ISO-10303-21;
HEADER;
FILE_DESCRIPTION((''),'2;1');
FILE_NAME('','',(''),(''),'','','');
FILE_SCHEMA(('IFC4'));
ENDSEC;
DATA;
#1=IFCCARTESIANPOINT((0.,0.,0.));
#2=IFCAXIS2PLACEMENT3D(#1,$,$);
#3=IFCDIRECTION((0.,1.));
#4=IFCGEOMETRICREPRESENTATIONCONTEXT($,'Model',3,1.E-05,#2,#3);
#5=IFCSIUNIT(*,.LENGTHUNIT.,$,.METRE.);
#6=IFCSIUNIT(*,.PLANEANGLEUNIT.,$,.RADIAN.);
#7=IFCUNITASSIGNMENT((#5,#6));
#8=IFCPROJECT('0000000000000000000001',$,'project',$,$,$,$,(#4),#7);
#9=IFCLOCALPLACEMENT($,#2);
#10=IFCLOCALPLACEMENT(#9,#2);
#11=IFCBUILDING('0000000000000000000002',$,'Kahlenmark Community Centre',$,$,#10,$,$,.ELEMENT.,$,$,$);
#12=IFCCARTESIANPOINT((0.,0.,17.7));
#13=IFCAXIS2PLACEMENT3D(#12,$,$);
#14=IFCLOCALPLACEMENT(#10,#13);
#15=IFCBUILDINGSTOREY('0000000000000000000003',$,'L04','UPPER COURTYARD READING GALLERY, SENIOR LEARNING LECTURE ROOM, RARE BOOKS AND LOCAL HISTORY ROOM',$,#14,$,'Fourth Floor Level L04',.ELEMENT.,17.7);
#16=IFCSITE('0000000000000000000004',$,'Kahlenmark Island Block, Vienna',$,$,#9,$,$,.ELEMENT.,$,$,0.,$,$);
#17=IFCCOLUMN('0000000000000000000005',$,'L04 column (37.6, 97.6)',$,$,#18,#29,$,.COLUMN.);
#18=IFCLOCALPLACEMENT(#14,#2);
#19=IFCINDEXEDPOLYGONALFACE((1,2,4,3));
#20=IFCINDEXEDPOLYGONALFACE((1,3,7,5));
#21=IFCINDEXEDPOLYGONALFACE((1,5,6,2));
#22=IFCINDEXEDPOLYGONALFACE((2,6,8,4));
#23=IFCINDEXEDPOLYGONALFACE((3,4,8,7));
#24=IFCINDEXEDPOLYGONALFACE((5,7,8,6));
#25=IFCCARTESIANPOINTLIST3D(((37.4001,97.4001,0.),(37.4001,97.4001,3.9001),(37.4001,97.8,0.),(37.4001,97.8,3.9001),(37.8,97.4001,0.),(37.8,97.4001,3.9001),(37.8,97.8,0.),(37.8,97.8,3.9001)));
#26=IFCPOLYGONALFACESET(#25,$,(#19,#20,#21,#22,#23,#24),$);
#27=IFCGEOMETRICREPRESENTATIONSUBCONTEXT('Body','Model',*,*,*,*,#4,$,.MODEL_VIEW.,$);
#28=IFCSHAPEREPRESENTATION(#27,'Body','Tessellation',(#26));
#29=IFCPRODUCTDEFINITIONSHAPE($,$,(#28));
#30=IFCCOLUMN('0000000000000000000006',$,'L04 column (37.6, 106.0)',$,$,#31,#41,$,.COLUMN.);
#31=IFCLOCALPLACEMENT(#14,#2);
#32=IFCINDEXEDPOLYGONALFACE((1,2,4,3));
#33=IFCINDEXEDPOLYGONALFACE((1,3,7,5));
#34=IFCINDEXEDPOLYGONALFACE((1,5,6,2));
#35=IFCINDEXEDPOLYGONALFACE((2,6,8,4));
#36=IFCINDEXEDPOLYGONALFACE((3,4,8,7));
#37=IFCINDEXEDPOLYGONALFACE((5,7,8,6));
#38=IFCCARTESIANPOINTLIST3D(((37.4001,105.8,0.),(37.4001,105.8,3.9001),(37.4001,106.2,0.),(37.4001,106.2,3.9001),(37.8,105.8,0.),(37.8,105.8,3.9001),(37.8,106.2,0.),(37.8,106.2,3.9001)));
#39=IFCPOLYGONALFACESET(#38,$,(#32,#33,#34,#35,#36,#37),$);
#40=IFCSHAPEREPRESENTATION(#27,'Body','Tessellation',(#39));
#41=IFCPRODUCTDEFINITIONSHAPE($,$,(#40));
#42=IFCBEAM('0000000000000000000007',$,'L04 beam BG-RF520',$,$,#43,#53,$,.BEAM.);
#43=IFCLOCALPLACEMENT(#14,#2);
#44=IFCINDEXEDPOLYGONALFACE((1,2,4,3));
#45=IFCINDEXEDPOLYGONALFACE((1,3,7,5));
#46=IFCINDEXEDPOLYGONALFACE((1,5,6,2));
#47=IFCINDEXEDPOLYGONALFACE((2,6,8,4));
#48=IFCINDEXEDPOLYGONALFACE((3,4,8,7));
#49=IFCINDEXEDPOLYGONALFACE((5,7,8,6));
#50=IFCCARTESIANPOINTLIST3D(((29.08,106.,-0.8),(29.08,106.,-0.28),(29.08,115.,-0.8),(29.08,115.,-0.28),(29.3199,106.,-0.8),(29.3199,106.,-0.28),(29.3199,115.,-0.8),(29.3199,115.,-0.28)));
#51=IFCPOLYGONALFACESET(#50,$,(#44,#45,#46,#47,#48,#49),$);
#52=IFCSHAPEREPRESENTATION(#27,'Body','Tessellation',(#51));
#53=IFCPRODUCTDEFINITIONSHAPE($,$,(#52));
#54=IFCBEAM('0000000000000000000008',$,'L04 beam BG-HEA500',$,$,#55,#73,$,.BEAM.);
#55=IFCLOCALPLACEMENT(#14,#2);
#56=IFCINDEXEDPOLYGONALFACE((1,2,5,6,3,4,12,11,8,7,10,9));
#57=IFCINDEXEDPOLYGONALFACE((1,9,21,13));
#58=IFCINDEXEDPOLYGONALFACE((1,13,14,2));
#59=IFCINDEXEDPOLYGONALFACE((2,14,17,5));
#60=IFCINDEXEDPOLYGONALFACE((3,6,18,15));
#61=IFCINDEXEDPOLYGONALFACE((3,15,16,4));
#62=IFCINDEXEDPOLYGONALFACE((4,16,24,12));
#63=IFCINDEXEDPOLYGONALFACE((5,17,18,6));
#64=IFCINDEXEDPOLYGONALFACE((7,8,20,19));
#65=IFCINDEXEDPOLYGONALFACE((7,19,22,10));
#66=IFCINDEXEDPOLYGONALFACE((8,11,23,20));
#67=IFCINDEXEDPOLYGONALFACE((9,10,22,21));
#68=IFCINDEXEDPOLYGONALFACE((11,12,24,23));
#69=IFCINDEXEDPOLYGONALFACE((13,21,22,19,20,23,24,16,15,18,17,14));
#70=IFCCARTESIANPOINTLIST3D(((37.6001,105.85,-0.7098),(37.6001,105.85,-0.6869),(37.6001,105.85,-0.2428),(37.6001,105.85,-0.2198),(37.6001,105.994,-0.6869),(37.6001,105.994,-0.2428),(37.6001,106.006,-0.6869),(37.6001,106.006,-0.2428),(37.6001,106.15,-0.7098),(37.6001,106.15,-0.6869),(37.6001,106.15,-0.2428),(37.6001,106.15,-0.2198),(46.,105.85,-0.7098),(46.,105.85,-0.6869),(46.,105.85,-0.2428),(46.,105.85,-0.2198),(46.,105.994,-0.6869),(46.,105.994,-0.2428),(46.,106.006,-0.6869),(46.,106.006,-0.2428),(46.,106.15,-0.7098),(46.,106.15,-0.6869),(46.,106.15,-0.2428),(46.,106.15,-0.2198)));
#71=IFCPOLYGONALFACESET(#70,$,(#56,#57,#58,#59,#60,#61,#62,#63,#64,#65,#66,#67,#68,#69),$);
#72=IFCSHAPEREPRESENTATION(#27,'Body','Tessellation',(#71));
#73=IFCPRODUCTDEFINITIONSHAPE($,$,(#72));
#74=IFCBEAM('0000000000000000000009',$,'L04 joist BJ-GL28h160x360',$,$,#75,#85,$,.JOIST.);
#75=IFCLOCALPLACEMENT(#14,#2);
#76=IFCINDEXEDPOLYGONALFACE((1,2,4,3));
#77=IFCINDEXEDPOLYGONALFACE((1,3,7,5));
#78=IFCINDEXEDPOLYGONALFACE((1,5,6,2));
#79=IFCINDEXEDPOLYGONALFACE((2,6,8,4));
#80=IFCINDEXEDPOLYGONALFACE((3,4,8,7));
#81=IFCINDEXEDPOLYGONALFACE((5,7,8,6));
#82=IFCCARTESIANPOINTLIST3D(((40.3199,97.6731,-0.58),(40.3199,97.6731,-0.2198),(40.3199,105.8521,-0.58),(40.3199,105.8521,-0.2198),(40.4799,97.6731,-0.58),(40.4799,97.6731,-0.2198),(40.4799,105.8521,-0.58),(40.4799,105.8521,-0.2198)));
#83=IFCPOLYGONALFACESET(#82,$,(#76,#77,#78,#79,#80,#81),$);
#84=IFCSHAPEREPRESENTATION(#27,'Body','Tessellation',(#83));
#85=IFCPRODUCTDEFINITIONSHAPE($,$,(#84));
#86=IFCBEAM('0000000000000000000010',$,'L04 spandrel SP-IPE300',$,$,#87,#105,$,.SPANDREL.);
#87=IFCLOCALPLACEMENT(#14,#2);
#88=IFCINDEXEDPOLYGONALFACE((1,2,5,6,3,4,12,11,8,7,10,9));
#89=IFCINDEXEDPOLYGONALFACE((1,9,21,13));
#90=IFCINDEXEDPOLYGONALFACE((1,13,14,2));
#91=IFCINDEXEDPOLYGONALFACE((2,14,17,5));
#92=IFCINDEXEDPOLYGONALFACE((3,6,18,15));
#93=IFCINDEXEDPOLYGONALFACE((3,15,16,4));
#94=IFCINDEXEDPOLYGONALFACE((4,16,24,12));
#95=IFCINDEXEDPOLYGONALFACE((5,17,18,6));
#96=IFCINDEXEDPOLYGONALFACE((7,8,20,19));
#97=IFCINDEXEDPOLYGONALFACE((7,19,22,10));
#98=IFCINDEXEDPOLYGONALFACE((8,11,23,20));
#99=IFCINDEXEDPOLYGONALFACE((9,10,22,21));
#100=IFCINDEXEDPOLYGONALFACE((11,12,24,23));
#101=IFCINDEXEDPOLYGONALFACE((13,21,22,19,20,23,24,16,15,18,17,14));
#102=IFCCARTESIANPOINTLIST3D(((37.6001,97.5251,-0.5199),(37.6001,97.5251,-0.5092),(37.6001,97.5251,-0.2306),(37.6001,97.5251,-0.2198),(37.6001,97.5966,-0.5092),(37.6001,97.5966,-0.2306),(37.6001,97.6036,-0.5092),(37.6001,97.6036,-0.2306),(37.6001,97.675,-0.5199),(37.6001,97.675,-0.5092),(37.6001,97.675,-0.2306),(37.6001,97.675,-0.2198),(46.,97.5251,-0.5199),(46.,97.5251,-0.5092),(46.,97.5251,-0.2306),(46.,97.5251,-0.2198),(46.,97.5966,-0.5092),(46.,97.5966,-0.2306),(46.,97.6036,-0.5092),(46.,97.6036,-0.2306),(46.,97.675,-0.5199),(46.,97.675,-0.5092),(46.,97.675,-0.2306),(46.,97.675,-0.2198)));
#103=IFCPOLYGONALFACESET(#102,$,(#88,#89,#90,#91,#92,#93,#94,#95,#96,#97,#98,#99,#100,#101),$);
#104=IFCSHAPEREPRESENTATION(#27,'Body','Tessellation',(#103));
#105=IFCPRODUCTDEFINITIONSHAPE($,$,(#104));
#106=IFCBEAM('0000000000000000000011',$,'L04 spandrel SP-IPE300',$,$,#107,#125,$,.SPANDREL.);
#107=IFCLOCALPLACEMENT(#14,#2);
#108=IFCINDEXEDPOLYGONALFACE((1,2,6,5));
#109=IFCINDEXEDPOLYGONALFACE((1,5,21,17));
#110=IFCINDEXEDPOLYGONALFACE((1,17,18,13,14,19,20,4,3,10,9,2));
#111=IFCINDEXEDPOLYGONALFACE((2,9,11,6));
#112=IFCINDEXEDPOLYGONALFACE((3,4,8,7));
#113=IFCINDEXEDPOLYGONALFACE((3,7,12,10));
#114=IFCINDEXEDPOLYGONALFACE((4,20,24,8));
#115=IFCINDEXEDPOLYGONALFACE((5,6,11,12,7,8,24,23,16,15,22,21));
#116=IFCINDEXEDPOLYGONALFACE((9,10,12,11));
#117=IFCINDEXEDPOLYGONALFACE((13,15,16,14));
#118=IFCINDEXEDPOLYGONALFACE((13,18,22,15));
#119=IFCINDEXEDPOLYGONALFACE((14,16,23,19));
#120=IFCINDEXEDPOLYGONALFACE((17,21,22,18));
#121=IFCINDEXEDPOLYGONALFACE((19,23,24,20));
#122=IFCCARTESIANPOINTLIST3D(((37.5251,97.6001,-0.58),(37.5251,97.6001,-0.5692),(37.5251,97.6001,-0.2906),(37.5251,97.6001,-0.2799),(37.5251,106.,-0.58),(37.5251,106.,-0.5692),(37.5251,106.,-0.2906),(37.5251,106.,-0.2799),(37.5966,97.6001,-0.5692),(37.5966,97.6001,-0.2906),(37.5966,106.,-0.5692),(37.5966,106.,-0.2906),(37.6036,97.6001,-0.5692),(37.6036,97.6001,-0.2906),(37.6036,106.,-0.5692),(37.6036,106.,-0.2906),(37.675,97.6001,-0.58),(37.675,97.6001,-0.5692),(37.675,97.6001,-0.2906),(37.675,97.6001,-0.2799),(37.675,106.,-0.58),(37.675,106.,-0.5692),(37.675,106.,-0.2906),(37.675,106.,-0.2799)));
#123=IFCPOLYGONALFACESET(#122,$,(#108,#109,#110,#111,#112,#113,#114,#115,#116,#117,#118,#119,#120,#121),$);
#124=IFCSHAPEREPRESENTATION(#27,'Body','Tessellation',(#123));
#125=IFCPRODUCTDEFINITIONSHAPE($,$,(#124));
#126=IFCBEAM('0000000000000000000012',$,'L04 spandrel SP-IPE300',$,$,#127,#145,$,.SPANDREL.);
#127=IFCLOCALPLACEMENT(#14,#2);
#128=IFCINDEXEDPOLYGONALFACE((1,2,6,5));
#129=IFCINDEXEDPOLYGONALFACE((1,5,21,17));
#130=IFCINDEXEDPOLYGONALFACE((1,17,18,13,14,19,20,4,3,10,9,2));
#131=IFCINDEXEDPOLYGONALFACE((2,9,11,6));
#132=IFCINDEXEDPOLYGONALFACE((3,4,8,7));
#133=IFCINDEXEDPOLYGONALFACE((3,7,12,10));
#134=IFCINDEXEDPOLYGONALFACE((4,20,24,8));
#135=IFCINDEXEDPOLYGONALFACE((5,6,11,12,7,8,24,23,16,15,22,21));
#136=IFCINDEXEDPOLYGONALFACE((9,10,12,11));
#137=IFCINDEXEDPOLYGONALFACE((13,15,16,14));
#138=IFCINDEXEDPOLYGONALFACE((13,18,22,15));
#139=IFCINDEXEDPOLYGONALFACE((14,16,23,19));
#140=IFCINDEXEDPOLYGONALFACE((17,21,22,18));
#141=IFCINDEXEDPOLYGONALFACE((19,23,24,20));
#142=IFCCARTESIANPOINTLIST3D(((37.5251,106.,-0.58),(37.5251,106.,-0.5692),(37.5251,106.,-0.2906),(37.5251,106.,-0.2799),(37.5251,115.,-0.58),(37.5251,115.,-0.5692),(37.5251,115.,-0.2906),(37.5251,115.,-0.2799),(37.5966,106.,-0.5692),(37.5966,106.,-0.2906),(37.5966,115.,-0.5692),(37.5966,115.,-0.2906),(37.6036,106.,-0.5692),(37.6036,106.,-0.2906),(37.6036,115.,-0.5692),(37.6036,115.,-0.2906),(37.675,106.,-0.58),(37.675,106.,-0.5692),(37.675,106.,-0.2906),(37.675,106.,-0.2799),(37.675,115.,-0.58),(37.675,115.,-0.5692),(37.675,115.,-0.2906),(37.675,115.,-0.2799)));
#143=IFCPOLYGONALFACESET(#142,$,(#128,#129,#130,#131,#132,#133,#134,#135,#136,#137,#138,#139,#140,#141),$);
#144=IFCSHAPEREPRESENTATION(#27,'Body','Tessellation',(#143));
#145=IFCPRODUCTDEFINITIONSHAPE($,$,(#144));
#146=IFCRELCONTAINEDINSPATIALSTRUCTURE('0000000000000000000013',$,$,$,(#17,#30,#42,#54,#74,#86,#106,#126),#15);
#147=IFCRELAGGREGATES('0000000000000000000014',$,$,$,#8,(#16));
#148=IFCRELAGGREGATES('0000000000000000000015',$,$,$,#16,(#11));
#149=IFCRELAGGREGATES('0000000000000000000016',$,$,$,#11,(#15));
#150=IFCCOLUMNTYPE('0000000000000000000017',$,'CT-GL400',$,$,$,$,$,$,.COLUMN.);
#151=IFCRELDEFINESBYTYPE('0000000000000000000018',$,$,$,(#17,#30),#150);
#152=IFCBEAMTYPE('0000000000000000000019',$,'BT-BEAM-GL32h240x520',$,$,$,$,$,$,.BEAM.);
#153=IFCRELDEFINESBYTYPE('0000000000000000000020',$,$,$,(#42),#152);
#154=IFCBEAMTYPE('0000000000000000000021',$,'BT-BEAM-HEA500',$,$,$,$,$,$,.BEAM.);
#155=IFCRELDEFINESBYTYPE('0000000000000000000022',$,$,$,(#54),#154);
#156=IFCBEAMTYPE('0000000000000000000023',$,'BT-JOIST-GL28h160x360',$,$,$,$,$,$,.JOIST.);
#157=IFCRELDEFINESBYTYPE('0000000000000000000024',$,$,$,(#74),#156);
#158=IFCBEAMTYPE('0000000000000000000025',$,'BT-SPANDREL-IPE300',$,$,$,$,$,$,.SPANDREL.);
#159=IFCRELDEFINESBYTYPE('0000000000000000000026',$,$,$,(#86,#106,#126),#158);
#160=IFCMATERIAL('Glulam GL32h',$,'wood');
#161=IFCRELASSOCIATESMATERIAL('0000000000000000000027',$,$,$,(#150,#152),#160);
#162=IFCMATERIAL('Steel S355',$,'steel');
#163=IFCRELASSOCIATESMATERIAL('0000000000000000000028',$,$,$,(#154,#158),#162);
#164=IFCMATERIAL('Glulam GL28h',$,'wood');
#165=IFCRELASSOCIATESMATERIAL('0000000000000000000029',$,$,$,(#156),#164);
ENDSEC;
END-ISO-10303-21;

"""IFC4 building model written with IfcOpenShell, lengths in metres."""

from ifc_helpers import new_model, si_unit, direction, frame, origin, origin_2d, place, context, subcontext, project, spatial, rectangle, i_section, extrude, material, material_profile, profile_set, type_object, element, save


model = new_model("IFC4")

# Units and contexts
model_context = context("Model", 3, precision=1e-05, world=origin(), true_north=direction((0.0, 1.0)))
body_context = subcontext(model_context, "Body", "Model", "MODEL_VIEW")
ifc_project = project(units=[si_unit("LENGTHUNIT", "METRE"), si_unit("PLANEANGLEUNIT", "RADIAN")], contexts=[model_context])

# Site, building, storey
site_placement = place(None, origin())
site = spatial("IfcSite", under=ifc_project, at=site_placement, Name="Kahlenmark Island Block, Vienna", CompositionType="ELEMENT", RefElevation=0.0)
building_placement = place(site_placement, origin())
building = spatial("IfcBuilding", under=site, at=building_placement, Name="Kahlenmark Community Centre", CompositionType="ELEMENT")
storey_placement = place(building_placement, frame((0.0, 0.0, 17.7)))
storey = spatial("IfcBuildingStorey", under=building, at=storey_placement, Name="L04", Description="UPPER COURTYARD READING GALLERY, SENIOR LEARNING LECTURE ROOM, RARE BOOKS AND LOCAL HISTORY ROOM", LongName="Fourth Floor Level L04", CompositionType="ELEMENT", Elevation=17.7)

# Columns
ifc_material_1 = material(Name="Glulam GL32h", Category="wood")
ifc_material_profile_1 = material_profile(ifc_material_1, rectangle(XDim=0.3999, YDim=0.3999, at=origin_2d()), Name="GL32h 400x400")
ifc_profile_set_1 = profile_set([ifc_material_profile_1], Name="Glulam GL32h")
column_type = type_object("IfcColumnType", Name="CT-GL400", PredefinedType="COLUMN", material=ifc_profile_set_1)
for number, where, z_axis, x_axis, name in (
    (1, (37.6001, 97.6001, 0.0), (0.0, 0.0, 1.0), (1.0, 0.0, 0.0), "L04 column (37.6, 97.6)"),
    (2, (37.6001, 106.0, 0.0), (0.0, 0.0, 1.0), (1.0, 0.0, 0.0), "L04 column (37.6, 106.0)"),
):
    element("IfcColumn", number, at=place(storey_placement, frame(where, z_axis=z_axis, x_axis=x_axis)), inside=storey, type_object=column_type, Name=name, PredefinedType="COLUMN", context=body_context, shape_type="SweptSolid", body=[
        extrude(rectangle(XDim=0.3999, YDim=0.3999, at=origin_2d()), origin(), (0.0, 0.0, 1.0), 3.9001),
    ])

# Beams
ifc_material_profile_2 = material_profile(ifc_material_1, rectangle(XDim=0.24, YDim=0.52, at=origin_2d()), Name="GL32h 240x520")
ifc_profile_set_2 = profile_set([ifc_material_profile_2], Name="Glulam GL32h")
beam_type_1 = type_object("IfcBeamType", Name="BT-BEAM-GL32h240x520", PredefinedType="BEAM", material=ifc_profile_set_2)
beam_1_placement = place(storey_placement, frame((29.2, 106.0, -0.54), z_axis=(0.0, 1.0, 0.0), x_axis=(-1.0, 0.0, 0.0)))
element("IfcBeam", 3, at=beam_1_placement, inside=storey, type_object=beam_type_1, Name="L04 beam BG-RF520", PredefinedType="BEAM", context=body_context, shape_type="SweptSolid", body=[
    extrude(rectangle(XDim=0.24, YDim=0.52, at=origin_2d()), origin(), (0.0, 0.0, 1.0), 9.0),
])
ifc_material_2 = material(Name="Steel S355", Category="steel")
ifc_material_profile_3 = material_profile(ifc_material_2, i_section(OverallWidth=0.3, OverallDepth=0.49, WebThickness=0.012, FlangeThickness=0.0229, at=origin_2d()), Name="HEA 500")
ifc_profile_set_3 = profile_set([ifc_material_profile_3], Name="Steel S355")
beam_type_2 = type_object("IfcBeamType", Name="BT-BEAM-HEA500", PredefinedType="BEAM", material=ifc_profile_set_3)
beam_2_placement = place(storey_placement, frame((37.6001, 106.0, -0.4648), z_axis=(1.0, 0.0, 0.0), x_axis=(0.0, 1.0, 0.0)))
element("IfcBeam", 4, at=beam_2_placement, inside=storey, type_object=beam_type_2, Name="L04 beam BG-HEA500", PredefinedType="BEAM", context=body_context, shape_type="SweptSolid", body=[
    extrude(i_section(OverallWidth=0.3, OverallDepth=0.49, WebThickness=0.012, FlangeThickness=0.0229, at=origin_2d()), origin(), (0.0, 0.0, 1.0), 8.3999),
])
ifc_material_3 = material(Name="Glulam GL28h", Category="wood")
ifc_material_profile_4 = material_profile(ifc_material_3, rectangle(XDim=0.1599, YDim=0.3601, at=origin_2d()), Name="GL28h 160x360")
ifc_profile_set_4 = profile_set([ifc_material_profile_4], Name="Glulam GL28h")
beam_type_3 = type_object("IfcBeamType", Name="BT-JOIST-GL28h160x360", PredefinedType="JOIST", material=ifc_profile_set_4)
beam_3_placement = place(storey_placement, frame((40.3999, 97.6731, -0.3999), z_axis=(0.0, 1.0, 0.0), x_axis=(-1.0, 0.0, 0.0)))
element("IfcBeam", 5, at=beam_3_placement, inside=storey, type_object=beam_type_3, Name="L04 joist BJ-GL28h160x360", PredefinedType="JOIST", context=body_context, shape_type="SweptSolid", body=[
    extrude(rectangle(XDim=0.1599, YDim=0.3601, at=origin_2d()), origin(), (0.0, 0.0, 1.0), 8.179),
])
ifc_material_profile_5 = material_profile(ifc_material_2, i_section(OverallWidth=0.1499, OverallDepth=0.3, WebThickness=0.0071, FlangeThickness=0.0107, at=origin_2d()), Name="IPE 300")
ifc_profile_set_5 = profile_set([ifc_material_profile_5], Name="Steel S355")
beam_type_4 = type_object("IfcBeamType", Name="BT-SPANDREL-IPE300", PredefinedType="SPANDREL", material=ifc_profile_set_5)
for number, where, z_axis, x_axis, name in (
    (6, (37.6001, 97.6001, -0.3699), (1.0, 0.0, 0.0), (0.0, 1.0, 0.0), "L04 spandrel SP-IPE300"),
    (7, (37.6001, 97.6001, -0.4299), (0.0, 1.0, 0.0), (-1.0, 0.0, 0.0), "L04 spandrel SP-IPE300"),
):
    element("IfcBeam", number, at=place(storey_placement, frame(where, z_axis=z_axis, x_axis=x_axis)), inside=storey, type_object=beam_type_4, Name=name, PredefinedType="SPANDREL", context=body_context, shape_type="SweptSolid", body=[
        extrude(i_section(OverallWidth=0.1499, OverallDepth=0.3, WebThickness=0.0071, FlangeThickness=0.0107, at=origin_2d()), origin(), (0.0, 0.0, 1.0), 8.3999),
    ])
beam_4_placement = place(storey_placement, frame((37.6001, 106.0, -0.4299), z_axis=(0.0, 1.0, 0.0), x_axis=(-1.0, 0.0, 0.0)))
element("IfcBeam", 8, at=beam_4_placement, inside=storey, type_object=beam_type_4, Name="L04 spandrel SP-IPE300", PredefinedType="SPANDREL", context=body_context, shape_type="SweptSolid", body=[
    extrude(i_section(OverallWidth=0.1499, OverallDepth=0.3, WebThickness=0.0071, FlangeThickness=0.0107, at=origin_2d()), origin(), (0.0, 0.0, 1.0), 9.0),
])

save(model, "model.ifc")
